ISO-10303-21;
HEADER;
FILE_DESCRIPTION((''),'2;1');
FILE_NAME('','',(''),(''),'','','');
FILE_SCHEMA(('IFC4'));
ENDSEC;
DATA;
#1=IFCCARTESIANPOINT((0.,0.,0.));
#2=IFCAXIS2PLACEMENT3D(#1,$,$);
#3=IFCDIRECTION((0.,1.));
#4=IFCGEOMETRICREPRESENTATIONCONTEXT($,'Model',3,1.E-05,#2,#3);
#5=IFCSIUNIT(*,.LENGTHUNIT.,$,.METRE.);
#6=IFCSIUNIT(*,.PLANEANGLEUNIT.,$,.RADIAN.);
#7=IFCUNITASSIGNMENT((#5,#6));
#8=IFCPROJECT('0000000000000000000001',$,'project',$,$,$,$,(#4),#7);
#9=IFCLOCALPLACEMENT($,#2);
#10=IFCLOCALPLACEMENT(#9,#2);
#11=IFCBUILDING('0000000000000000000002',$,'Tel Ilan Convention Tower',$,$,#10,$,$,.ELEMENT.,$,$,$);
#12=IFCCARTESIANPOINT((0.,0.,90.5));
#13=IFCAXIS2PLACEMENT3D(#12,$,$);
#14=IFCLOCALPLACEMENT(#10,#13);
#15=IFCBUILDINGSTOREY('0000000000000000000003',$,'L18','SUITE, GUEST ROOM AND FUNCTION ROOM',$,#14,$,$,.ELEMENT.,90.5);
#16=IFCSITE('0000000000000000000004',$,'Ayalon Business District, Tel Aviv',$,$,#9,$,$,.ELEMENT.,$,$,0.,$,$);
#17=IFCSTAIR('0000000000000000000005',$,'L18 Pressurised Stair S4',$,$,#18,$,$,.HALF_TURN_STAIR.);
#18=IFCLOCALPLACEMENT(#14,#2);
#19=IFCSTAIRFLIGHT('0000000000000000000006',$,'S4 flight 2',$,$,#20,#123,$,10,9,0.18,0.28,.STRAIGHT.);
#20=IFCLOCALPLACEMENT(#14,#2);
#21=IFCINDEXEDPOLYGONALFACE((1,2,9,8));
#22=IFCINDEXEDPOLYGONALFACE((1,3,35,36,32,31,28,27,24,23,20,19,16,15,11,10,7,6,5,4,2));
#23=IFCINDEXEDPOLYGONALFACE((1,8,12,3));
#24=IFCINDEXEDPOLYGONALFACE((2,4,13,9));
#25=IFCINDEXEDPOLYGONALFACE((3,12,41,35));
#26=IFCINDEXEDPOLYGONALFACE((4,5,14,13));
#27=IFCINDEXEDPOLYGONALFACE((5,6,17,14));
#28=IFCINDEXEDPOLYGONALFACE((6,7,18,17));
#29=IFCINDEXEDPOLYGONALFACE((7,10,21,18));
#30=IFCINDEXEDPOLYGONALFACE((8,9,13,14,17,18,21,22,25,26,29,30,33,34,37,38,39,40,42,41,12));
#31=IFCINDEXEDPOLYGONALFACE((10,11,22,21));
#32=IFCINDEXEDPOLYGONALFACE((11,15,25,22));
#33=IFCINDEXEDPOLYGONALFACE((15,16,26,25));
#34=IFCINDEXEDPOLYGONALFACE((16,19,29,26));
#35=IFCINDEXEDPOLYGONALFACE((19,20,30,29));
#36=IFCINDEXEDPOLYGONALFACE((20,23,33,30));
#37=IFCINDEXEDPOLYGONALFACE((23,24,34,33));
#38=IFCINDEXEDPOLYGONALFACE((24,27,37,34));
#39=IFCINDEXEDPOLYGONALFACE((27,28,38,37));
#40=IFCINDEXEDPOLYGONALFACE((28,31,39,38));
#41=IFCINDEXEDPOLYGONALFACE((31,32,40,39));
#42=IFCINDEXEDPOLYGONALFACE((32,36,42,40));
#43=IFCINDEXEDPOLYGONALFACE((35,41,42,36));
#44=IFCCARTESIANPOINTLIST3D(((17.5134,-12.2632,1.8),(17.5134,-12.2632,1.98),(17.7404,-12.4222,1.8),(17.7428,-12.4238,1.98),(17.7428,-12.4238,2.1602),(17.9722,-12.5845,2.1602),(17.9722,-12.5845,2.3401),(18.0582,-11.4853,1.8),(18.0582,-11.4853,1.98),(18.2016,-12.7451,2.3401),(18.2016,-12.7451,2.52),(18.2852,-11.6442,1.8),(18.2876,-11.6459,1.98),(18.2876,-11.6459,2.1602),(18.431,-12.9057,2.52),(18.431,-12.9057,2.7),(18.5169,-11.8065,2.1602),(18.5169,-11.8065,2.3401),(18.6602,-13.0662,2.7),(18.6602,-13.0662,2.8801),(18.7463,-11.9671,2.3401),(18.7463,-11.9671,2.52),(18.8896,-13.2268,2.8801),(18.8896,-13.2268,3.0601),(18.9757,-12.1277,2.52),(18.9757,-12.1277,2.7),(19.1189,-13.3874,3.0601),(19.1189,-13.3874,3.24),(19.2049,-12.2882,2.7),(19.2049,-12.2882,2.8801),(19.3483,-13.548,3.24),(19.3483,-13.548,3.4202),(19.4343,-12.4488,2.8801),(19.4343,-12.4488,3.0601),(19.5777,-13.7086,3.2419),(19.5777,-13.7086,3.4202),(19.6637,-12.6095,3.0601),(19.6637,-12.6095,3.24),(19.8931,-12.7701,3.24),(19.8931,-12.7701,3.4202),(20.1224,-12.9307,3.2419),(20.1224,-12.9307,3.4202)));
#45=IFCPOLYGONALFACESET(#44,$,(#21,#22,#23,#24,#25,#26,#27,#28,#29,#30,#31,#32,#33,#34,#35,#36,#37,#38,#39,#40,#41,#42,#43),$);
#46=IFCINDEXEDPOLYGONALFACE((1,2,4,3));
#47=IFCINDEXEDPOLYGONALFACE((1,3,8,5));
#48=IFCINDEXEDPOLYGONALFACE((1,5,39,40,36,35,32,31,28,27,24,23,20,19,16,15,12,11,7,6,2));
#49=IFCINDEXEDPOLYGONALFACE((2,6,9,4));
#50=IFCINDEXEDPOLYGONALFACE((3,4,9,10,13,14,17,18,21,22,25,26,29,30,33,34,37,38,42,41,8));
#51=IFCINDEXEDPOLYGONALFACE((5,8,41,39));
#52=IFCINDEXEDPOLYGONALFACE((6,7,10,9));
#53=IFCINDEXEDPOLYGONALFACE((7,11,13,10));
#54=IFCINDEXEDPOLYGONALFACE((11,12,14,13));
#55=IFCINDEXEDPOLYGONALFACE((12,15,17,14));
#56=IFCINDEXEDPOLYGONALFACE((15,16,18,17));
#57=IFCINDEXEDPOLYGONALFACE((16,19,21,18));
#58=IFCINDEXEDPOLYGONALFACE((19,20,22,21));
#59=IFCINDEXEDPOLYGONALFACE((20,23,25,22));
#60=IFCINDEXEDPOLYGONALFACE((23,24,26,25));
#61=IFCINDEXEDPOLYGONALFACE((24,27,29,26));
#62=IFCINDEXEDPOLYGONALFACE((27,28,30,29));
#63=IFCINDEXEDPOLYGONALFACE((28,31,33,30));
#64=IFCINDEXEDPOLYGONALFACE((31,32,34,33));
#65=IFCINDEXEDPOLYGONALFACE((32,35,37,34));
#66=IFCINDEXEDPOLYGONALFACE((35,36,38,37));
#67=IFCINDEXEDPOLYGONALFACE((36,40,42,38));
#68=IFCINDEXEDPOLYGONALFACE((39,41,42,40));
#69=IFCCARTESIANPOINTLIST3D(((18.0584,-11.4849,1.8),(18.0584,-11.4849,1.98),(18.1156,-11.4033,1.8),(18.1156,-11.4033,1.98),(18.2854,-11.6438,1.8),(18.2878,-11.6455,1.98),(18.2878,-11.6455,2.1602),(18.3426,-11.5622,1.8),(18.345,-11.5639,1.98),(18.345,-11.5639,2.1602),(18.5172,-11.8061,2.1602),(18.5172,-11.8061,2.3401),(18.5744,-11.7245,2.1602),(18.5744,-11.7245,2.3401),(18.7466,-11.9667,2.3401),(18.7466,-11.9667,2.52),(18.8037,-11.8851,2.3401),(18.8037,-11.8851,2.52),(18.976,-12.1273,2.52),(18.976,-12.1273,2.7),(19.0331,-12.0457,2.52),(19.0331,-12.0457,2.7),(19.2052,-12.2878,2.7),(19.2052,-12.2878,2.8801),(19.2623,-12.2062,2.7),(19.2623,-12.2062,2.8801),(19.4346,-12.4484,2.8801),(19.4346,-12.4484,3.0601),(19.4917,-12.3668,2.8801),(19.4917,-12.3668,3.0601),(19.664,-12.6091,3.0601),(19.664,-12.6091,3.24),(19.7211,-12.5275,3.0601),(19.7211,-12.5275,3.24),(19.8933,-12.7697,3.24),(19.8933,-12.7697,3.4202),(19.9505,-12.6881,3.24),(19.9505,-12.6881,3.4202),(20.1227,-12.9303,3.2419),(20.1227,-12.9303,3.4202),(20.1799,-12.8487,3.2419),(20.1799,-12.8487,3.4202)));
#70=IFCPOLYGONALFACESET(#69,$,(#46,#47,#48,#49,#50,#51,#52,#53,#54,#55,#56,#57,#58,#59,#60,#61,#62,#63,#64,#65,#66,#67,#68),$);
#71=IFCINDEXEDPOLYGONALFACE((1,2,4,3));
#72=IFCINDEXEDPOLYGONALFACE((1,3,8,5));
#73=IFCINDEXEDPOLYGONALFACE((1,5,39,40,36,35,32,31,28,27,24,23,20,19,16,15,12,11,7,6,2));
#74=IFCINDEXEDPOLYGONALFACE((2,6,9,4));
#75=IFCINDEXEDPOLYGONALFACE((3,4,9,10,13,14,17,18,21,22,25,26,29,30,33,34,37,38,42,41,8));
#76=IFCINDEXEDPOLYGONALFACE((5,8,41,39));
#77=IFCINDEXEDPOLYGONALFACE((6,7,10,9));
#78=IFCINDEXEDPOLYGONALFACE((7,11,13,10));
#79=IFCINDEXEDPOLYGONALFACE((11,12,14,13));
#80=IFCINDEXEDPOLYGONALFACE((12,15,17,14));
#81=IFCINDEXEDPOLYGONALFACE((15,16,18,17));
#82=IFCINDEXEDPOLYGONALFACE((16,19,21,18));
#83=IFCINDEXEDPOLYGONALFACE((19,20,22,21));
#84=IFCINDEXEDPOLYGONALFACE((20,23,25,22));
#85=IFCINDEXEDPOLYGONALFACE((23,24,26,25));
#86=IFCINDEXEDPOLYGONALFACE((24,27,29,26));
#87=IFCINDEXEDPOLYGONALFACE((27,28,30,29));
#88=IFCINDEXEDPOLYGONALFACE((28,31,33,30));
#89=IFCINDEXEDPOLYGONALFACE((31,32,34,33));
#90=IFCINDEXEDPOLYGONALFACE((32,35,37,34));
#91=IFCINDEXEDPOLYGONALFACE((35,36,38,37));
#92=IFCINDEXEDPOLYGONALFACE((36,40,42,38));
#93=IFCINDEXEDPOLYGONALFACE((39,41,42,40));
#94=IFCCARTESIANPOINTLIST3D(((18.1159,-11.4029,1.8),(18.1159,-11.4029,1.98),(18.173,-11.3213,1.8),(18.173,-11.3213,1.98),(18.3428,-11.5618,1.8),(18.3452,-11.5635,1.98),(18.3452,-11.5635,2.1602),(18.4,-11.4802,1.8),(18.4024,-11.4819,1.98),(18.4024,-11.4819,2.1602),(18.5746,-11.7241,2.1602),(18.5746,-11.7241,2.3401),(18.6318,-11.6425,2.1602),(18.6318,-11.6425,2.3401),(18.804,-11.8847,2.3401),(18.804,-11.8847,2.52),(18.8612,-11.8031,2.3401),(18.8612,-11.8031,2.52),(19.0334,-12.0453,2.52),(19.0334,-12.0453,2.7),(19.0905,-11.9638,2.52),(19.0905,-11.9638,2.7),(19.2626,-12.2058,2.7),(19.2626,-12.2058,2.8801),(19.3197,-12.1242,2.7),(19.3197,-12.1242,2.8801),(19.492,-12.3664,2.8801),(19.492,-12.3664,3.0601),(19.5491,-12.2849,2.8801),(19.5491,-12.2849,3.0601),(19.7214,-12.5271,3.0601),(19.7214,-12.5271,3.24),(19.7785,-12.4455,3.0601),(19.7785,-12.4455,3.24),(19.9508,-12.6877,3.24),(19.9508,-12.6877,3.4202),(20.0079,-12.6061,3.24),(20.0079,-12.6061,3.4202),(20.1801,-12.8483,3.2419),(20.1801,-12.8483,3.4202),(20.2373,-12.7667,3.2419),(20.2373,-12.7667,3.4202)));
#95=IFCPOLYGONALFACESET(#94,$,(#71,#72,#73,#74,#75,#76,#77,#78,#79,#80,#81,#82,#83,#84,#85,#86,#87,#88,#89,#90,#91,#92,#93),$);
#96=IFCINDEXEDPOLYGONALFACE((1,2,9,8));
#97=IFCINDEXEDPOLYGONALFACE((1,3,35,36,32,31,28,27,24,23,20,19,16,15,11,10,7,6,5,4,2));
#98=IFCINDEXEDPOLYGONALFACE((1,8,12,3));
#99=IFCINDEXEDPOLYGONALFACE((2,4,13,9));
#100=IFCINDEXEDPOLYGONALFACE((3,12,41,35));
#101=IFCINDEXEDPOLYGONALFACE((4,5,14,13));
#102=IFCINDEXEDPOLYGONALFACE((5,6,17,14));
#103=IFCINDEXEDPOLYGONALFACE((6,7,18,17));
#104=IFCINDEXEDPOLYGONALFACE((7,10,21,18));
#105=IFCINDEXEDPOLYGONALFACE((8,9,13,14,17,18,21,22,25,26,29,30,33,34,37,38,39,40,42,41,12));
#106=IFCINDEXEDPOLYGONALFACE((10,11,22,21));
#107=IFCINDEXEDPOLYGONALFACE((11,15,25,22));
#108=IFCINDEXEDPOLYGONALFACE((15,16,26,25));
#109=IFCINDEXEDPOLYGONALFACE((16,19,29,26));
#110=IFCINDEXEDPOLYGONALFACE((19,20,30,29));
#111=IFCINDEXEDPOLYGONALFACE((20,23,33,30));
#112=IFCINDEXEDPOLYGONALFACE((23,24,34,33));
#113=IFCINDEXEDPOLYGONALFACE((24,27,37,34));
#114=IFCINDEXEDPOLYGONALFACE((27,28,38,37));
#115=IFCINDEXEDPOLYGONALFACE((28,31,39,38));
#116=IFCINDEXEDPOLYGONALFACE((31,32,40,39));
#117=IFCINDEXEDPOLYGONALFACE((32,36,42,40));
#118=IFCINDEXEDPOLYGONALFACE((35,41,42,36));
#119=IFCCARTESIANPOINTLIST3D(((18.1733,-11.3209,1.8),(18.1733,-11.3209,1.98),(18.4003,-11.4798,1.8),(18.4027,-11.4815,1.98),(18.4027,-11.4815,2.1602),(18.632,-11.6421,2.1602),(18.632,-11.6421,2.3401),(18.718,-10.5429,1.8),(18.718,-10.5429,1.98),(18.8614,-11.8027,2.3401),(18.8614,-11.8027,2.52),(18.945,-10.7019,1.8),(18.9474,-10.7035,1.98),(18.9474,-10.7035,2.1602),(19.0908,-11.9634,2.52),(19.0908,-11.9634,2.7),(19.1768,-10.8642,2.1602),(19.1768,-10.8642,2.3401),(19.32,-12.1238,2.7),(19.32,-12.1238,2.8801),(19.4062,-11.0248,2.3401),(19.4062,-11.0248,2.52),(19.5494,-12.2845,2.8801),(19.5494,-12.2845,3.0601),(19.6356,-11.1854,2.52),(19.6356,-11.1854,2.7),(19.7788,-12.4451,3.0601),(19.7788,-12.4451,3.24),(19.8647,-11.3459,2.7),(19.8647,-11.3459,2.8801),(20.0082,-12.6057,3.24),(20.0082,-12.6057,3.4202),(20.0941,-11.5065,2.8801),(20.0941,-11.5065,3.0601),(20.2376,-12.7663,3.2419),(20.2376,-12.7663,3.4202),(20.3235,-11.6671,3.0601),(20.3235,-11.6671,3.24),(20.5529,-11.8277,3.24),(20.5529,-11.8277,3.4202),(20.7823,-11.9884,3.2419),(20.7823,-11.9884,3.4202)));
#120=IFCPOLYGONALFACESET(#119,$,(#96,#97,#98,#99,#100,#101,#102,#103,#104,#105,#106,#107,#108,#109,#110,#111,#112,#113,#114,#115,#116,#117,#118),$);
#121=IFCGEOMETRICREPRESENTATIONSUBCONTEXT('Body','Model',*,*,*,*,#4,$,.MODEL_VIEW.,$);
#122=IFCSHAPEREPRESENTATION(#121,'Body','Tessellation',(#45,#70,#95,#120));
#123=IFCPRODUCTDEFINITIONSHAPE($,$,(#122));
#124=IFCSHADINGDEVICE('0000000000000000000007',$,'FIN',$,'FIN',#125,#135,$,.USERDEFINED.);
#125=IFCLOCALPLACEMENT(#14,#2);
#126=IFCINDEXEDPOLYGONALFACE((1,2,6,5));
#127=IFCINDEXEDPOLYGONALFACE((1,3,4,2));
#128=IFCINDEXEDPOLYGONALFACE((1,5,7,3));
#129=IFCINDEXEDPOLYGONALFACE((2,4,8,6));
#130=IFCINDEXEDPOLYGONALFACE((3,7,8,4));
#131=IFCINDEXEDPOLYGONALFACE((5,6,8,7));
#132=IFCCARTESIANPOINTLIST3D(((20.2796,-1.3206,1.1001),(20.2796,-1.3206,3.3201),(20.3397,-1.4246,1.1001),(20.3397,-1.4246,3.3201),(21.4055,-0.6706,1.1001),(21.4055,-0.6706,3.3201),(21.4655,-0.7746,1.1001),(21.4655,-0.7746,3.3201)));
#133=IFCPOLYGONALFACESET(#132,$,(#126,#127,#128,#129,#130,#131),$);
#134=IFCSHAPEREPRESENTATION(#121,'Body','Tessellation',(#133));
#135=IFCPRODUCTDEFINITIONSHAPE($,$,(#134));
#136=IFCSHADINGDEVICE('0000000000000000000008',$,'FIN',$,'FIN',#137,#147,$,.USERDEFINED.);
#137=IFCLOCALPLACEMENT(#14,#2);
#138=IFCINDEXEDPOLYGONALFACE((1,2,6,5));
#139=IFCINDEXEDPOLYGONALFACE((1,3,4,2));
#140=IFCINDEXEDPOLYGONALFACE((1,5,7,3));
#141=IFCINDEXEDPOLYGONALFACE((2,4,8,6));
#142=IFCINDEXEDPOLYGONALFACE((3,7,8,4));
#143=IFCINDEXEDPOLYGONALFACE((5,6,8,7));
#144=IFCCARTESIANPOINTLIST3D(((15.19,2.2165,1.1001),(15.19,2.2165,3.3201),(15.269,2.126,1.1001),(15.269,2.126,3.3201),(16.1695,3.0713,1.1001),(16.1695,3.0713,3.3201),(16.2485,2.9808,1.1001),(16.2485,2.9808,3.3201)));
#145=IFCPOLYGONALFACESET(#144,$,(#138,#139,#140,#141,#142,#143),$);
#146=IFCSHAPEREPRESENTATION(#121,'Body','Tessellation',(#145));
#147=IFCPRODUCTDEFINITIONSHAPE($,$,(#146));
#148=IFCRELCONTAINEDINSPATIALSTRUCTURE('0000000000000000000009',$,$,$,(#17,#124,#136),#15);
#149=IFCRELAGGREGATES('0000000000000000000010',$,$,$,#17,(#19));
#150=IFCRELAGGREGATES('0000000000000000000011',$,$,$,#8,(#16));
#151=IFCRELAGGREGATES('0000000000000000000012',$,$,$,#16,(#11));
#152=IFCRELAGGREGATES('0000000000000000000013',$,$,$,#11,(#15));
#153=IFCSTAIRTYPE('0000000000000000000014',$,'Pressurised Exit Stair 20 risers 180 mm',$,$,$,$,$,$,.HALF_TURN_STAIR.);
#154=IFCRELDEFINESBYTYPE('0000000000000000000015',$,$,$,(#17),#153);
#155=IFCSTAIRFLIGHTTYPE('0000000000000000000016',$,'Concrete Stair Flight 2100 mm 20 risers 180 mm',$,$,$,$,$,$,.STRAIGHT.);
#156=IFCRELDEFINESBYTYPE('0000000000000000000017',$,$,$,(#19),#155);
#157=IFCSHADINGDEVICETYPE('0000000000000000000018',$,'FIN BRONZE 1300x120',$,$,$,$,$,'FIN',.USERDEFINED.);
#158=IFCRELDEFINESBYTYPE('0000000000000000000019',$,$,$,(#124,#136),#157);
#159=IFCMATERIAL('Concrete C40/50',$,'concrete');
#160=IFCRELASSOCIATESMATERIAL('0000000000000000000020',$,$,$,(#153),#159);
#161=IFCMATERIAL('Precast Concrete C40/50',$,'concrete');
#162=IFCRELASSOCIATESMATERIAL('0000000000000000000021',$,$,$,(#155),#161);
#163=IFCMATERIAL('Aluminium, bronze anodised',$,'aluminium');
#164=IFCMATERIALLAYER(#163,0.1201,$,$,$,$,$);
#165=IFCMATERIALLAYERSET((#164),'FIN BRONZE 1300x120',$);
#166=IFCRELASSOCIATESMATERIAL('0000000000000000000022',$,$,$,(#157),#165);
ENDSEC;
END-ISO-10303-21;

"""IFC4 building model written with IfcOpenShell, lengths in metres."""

from ifc_helpers import new_model, si_unit, direction, frame, origin, origin_2d, place, context, subcontext, project, spatial, polyline, rectangle, outline, extrude, material, layer, layer_set, type_object, element, aggregate, save


model = new_model("IFC4")

# Units and contexts
model_context = context("Model", 3, precision=1e-05, world=origin(), true_north=direction((0.0, 1.0)))
body_context = subcontext(model_context, "Body", "Model", "MODEL_VIEW")
ifc_project = project(units=[si_unit("LENGTHUNIT", "METRE"), si_unit("PLANEANGLEUNIT", "RADIAN")], contexts=[model_context])

# Site, building, storey
site_placement = place(None, origin())
site = spatial("IfcSite", under=ifc_project, at=site_placement, Name="Ayalon Business District, Tel Aviv", CompositionType="ELEMENT", RefElevation=0.0)
building_placement = place(site_placement, origin())
building = spatial("IfcBuilding", under=site, at=building_placement, Name="Tel Ilan Convention Tower", CompositionType="ELEMENT")
storey_placement = place(building_placement, frame((0.0, 0.0, 90.5)))
storey = spatial("IfcBuildingStorey", under=building, at=storey_placement, Name="L18", Description="SUITE, GUEST ROOM AND FUNCTION ROOM", CompositionType="ELEMENT", Elevation=90.5)

# Shared definitions
ifc_material_1 = material(Name="Concrete C40/50", Category="concrete")
stair_type = type_object("IfcStairType", Name="Pressurised Exit Stair 20 risers 180 mm", PredefinedType="HALF_TURN_STAIR", material=ifc_material_1)
ifc_material_2 = material(Name="Precast Concrete C40/50", Category="concrete")
stair_flight_type = type_object("IfcStairFlightType", Name="Concrete Stair Flight 2100 mm 20 risers 180 mm", PredefinedType="STRAIGHT", material=ifc_material_2)

# Stair, stair flight
stair_1_placement = place(storey_placement, origin())
stair_1 = element("IfcStair", 1, at=stair_1_placement, inside=storey, type_object=stair_type, Name="L18 Pressurised Stair S4", PredefinedType="HALF_TURN_STAIR")
stair_flight_1_placement = place(storey_placement, frame((18.1157, -11.4031, 1.8), z_axis=(0.0, 0.0, 1.0), x_axis=(0.819152, -0.573576, 0.0)))
stair_flight_1 = element("IfcStairFlight", 2, at=stair_flight_1_placement, type_object=stair_flight_type, Name="S4 flight 2", NumberOfRisers=10, NumberOfTreads=9, PredefinedType="STRAIGHT", RiserHeight=0.18, TreadLength=0.28, context=body_context, shape_type="SweptSolid", body=[
    extrude(outline(polyline([(0.0, 0.0), (0.0, 0.1799), (0.28, 0.1799), (0.28, 0.3601), (0.5601, 0.3601), (0.5601, 0.54), (0.8401, 0.54), (0.8401, 0.72), (1.1201, 0.72), (1.1201, 0.8999), (1.3999, 0.8999), (1.3999, 1.0801), (1.6799, 1.0801), (1.6799, 1.26), (1.96, 1.26), (1.96, 1.4399), (2.24, 1.4399), (2.24, 1.6201), (2.52, 1.6201), (2.52, 1.8), (2.52, 1.4419), (0.2771, 0.0), (0.0, 0.0)])), frame((0.0, -0.1003, 0.0), z_axis=(0.0, -1.0, 0.0), x_axis=(1.0, 0.0, 0.0)), (0.0, 0.0, 1.0), 0.9497),
    extrude(outline(polyline([(0.0, 0.0), (0.0, 0.1799), (0.28, 0.1799), (0.28, 0.3601), (0.5601, 0.3601), (0.5601, 0.54), (0.8401, 0.54), (0.8401, 0.72), (1.1201, 0.72), (1.1201, 0.8999), (1.3999, 0.8999), (1.3999, 1.0801), (1.6799, 1.0801), (1.6799, 1.26), (1.96, 1.26), (1.96, 1.4399), (2.24, 1.4399), (2.24, 1.6201), (2.52, 1.6201), (2.52, 1.8), (2.52, 1.4419), (0.2771, 0.0), (0.0, 0.0)])), frame((0.0, -0.0002, 0.0), z_axis=(0.0, -1.0, 0.0), x_axis=(1.0, 0.0, 0.0)), (0.0, 0.0, 1.0), 0.0996),
    extrude(outline(polyline([(0.0, 0.0), (0.0, 0.1799), (0.28, 0.1799), (0.28, 0.3601), (0.5601, 0.3601), (0.5601, 0.54), (0.8401, 0.54), (0.8401, 0.72), (1.1201, 0.72), (1.1201, 0.8999), (1.3999, 0.8999), (1.3999, 1.0801), (1.6799, 1.0801), (1.6799, 1.26), (1.96, 1.26), (1.96, 1.4399), (2.24, 1.4399), (2.24, 1.6201), (2.52, 1.6201), (2.52, 1.8), (2.52, 1.4419), (0.2771, 0.0), (0.0, 0.0)])), frame((0.0, 0.0999, 0.0), z_axis=(0.0, -1.0, 0.0), x_axis=(1.0, 0.0, 0.0)), (0.0, 0.0, 1.0), 0.0996),
    extrude(outline(polyline([(0.0, 0.0), (0.0, 0.1799), (0.28, 0.1799), (0.28, 0.3601), (0.5601, 0.3601), (0.5601, 0.54), (0.8401, 0.54), (0.8401, 0.72), (1.1201, 0.72), (1.1201, 0.8999), (1.3999, 0.8999), (1.3999, 1.0801), (1.6799, 1.0801), (1.6799, 1.26), (1.96, 1.26), (1.96, 1.4399), (2.24, 1.4399), (2.24, 1.6201), (2.52, 1.6201), (2.52, 1.8), (2.52, 1.4419), (0.2771, 0.0), (0.0, 0.0)])), frame((0.0, 1.05, 0.0), z_axis=(0.0, -1.0, 0.0), x_axis=(1.0, 0.0, 0.0)), (0.0, 0.0, 1.0), 0.9497),
])
aggregate(stair_1, [stair_flight_1])

# Shading devices
ifc_material_3 = material(Name="Aluminium, bronze anodised", Category="aluminium")
ifc_layer_1 = layer(ifc_material_3, 0.1201)
ifc_layer_set_1 = layer_set([ifc_layer_1], Name="FIN BRONZE 1300x120")
shading_device_type = type_object("IfcShadingDeviceType", Name="FIN BRONZE 1300x120", ElementType="FIN", PredefinedType="USERDEFINED", material=ifc_layer_set_1)
for number, where, z_axis, x_axis, name in (
    (3, (20.8726, -1.0476, 1.1001), (0.0, 0.0, 1.0), (0.866025, 0.5, 0.0), "FIN"),
    (4, (15.7192, 2.5986, 1.1001), (0.0, 0.0, 1.0), (0.753436, 0.657521, 0.0), "FIN"),
):
    element("IfcShadingDevice", number, at=place(storey_placement, frame(where, z_axis=z_axis, x_axis=x_axis)), inside=storey, type_object=shading_device_type, Name=name, ObjectType="FIN", PredefinedType="USERDEFINED", context=body_context, shape_type="SweptSolid", body=[
        extrude(rectangle(XDim=1.3, YDim=0.1201, at=origin_2d()), origin(), (0.0, 0.0, 1.0), 2.22),
    ])

save(model, "model.ifc")
